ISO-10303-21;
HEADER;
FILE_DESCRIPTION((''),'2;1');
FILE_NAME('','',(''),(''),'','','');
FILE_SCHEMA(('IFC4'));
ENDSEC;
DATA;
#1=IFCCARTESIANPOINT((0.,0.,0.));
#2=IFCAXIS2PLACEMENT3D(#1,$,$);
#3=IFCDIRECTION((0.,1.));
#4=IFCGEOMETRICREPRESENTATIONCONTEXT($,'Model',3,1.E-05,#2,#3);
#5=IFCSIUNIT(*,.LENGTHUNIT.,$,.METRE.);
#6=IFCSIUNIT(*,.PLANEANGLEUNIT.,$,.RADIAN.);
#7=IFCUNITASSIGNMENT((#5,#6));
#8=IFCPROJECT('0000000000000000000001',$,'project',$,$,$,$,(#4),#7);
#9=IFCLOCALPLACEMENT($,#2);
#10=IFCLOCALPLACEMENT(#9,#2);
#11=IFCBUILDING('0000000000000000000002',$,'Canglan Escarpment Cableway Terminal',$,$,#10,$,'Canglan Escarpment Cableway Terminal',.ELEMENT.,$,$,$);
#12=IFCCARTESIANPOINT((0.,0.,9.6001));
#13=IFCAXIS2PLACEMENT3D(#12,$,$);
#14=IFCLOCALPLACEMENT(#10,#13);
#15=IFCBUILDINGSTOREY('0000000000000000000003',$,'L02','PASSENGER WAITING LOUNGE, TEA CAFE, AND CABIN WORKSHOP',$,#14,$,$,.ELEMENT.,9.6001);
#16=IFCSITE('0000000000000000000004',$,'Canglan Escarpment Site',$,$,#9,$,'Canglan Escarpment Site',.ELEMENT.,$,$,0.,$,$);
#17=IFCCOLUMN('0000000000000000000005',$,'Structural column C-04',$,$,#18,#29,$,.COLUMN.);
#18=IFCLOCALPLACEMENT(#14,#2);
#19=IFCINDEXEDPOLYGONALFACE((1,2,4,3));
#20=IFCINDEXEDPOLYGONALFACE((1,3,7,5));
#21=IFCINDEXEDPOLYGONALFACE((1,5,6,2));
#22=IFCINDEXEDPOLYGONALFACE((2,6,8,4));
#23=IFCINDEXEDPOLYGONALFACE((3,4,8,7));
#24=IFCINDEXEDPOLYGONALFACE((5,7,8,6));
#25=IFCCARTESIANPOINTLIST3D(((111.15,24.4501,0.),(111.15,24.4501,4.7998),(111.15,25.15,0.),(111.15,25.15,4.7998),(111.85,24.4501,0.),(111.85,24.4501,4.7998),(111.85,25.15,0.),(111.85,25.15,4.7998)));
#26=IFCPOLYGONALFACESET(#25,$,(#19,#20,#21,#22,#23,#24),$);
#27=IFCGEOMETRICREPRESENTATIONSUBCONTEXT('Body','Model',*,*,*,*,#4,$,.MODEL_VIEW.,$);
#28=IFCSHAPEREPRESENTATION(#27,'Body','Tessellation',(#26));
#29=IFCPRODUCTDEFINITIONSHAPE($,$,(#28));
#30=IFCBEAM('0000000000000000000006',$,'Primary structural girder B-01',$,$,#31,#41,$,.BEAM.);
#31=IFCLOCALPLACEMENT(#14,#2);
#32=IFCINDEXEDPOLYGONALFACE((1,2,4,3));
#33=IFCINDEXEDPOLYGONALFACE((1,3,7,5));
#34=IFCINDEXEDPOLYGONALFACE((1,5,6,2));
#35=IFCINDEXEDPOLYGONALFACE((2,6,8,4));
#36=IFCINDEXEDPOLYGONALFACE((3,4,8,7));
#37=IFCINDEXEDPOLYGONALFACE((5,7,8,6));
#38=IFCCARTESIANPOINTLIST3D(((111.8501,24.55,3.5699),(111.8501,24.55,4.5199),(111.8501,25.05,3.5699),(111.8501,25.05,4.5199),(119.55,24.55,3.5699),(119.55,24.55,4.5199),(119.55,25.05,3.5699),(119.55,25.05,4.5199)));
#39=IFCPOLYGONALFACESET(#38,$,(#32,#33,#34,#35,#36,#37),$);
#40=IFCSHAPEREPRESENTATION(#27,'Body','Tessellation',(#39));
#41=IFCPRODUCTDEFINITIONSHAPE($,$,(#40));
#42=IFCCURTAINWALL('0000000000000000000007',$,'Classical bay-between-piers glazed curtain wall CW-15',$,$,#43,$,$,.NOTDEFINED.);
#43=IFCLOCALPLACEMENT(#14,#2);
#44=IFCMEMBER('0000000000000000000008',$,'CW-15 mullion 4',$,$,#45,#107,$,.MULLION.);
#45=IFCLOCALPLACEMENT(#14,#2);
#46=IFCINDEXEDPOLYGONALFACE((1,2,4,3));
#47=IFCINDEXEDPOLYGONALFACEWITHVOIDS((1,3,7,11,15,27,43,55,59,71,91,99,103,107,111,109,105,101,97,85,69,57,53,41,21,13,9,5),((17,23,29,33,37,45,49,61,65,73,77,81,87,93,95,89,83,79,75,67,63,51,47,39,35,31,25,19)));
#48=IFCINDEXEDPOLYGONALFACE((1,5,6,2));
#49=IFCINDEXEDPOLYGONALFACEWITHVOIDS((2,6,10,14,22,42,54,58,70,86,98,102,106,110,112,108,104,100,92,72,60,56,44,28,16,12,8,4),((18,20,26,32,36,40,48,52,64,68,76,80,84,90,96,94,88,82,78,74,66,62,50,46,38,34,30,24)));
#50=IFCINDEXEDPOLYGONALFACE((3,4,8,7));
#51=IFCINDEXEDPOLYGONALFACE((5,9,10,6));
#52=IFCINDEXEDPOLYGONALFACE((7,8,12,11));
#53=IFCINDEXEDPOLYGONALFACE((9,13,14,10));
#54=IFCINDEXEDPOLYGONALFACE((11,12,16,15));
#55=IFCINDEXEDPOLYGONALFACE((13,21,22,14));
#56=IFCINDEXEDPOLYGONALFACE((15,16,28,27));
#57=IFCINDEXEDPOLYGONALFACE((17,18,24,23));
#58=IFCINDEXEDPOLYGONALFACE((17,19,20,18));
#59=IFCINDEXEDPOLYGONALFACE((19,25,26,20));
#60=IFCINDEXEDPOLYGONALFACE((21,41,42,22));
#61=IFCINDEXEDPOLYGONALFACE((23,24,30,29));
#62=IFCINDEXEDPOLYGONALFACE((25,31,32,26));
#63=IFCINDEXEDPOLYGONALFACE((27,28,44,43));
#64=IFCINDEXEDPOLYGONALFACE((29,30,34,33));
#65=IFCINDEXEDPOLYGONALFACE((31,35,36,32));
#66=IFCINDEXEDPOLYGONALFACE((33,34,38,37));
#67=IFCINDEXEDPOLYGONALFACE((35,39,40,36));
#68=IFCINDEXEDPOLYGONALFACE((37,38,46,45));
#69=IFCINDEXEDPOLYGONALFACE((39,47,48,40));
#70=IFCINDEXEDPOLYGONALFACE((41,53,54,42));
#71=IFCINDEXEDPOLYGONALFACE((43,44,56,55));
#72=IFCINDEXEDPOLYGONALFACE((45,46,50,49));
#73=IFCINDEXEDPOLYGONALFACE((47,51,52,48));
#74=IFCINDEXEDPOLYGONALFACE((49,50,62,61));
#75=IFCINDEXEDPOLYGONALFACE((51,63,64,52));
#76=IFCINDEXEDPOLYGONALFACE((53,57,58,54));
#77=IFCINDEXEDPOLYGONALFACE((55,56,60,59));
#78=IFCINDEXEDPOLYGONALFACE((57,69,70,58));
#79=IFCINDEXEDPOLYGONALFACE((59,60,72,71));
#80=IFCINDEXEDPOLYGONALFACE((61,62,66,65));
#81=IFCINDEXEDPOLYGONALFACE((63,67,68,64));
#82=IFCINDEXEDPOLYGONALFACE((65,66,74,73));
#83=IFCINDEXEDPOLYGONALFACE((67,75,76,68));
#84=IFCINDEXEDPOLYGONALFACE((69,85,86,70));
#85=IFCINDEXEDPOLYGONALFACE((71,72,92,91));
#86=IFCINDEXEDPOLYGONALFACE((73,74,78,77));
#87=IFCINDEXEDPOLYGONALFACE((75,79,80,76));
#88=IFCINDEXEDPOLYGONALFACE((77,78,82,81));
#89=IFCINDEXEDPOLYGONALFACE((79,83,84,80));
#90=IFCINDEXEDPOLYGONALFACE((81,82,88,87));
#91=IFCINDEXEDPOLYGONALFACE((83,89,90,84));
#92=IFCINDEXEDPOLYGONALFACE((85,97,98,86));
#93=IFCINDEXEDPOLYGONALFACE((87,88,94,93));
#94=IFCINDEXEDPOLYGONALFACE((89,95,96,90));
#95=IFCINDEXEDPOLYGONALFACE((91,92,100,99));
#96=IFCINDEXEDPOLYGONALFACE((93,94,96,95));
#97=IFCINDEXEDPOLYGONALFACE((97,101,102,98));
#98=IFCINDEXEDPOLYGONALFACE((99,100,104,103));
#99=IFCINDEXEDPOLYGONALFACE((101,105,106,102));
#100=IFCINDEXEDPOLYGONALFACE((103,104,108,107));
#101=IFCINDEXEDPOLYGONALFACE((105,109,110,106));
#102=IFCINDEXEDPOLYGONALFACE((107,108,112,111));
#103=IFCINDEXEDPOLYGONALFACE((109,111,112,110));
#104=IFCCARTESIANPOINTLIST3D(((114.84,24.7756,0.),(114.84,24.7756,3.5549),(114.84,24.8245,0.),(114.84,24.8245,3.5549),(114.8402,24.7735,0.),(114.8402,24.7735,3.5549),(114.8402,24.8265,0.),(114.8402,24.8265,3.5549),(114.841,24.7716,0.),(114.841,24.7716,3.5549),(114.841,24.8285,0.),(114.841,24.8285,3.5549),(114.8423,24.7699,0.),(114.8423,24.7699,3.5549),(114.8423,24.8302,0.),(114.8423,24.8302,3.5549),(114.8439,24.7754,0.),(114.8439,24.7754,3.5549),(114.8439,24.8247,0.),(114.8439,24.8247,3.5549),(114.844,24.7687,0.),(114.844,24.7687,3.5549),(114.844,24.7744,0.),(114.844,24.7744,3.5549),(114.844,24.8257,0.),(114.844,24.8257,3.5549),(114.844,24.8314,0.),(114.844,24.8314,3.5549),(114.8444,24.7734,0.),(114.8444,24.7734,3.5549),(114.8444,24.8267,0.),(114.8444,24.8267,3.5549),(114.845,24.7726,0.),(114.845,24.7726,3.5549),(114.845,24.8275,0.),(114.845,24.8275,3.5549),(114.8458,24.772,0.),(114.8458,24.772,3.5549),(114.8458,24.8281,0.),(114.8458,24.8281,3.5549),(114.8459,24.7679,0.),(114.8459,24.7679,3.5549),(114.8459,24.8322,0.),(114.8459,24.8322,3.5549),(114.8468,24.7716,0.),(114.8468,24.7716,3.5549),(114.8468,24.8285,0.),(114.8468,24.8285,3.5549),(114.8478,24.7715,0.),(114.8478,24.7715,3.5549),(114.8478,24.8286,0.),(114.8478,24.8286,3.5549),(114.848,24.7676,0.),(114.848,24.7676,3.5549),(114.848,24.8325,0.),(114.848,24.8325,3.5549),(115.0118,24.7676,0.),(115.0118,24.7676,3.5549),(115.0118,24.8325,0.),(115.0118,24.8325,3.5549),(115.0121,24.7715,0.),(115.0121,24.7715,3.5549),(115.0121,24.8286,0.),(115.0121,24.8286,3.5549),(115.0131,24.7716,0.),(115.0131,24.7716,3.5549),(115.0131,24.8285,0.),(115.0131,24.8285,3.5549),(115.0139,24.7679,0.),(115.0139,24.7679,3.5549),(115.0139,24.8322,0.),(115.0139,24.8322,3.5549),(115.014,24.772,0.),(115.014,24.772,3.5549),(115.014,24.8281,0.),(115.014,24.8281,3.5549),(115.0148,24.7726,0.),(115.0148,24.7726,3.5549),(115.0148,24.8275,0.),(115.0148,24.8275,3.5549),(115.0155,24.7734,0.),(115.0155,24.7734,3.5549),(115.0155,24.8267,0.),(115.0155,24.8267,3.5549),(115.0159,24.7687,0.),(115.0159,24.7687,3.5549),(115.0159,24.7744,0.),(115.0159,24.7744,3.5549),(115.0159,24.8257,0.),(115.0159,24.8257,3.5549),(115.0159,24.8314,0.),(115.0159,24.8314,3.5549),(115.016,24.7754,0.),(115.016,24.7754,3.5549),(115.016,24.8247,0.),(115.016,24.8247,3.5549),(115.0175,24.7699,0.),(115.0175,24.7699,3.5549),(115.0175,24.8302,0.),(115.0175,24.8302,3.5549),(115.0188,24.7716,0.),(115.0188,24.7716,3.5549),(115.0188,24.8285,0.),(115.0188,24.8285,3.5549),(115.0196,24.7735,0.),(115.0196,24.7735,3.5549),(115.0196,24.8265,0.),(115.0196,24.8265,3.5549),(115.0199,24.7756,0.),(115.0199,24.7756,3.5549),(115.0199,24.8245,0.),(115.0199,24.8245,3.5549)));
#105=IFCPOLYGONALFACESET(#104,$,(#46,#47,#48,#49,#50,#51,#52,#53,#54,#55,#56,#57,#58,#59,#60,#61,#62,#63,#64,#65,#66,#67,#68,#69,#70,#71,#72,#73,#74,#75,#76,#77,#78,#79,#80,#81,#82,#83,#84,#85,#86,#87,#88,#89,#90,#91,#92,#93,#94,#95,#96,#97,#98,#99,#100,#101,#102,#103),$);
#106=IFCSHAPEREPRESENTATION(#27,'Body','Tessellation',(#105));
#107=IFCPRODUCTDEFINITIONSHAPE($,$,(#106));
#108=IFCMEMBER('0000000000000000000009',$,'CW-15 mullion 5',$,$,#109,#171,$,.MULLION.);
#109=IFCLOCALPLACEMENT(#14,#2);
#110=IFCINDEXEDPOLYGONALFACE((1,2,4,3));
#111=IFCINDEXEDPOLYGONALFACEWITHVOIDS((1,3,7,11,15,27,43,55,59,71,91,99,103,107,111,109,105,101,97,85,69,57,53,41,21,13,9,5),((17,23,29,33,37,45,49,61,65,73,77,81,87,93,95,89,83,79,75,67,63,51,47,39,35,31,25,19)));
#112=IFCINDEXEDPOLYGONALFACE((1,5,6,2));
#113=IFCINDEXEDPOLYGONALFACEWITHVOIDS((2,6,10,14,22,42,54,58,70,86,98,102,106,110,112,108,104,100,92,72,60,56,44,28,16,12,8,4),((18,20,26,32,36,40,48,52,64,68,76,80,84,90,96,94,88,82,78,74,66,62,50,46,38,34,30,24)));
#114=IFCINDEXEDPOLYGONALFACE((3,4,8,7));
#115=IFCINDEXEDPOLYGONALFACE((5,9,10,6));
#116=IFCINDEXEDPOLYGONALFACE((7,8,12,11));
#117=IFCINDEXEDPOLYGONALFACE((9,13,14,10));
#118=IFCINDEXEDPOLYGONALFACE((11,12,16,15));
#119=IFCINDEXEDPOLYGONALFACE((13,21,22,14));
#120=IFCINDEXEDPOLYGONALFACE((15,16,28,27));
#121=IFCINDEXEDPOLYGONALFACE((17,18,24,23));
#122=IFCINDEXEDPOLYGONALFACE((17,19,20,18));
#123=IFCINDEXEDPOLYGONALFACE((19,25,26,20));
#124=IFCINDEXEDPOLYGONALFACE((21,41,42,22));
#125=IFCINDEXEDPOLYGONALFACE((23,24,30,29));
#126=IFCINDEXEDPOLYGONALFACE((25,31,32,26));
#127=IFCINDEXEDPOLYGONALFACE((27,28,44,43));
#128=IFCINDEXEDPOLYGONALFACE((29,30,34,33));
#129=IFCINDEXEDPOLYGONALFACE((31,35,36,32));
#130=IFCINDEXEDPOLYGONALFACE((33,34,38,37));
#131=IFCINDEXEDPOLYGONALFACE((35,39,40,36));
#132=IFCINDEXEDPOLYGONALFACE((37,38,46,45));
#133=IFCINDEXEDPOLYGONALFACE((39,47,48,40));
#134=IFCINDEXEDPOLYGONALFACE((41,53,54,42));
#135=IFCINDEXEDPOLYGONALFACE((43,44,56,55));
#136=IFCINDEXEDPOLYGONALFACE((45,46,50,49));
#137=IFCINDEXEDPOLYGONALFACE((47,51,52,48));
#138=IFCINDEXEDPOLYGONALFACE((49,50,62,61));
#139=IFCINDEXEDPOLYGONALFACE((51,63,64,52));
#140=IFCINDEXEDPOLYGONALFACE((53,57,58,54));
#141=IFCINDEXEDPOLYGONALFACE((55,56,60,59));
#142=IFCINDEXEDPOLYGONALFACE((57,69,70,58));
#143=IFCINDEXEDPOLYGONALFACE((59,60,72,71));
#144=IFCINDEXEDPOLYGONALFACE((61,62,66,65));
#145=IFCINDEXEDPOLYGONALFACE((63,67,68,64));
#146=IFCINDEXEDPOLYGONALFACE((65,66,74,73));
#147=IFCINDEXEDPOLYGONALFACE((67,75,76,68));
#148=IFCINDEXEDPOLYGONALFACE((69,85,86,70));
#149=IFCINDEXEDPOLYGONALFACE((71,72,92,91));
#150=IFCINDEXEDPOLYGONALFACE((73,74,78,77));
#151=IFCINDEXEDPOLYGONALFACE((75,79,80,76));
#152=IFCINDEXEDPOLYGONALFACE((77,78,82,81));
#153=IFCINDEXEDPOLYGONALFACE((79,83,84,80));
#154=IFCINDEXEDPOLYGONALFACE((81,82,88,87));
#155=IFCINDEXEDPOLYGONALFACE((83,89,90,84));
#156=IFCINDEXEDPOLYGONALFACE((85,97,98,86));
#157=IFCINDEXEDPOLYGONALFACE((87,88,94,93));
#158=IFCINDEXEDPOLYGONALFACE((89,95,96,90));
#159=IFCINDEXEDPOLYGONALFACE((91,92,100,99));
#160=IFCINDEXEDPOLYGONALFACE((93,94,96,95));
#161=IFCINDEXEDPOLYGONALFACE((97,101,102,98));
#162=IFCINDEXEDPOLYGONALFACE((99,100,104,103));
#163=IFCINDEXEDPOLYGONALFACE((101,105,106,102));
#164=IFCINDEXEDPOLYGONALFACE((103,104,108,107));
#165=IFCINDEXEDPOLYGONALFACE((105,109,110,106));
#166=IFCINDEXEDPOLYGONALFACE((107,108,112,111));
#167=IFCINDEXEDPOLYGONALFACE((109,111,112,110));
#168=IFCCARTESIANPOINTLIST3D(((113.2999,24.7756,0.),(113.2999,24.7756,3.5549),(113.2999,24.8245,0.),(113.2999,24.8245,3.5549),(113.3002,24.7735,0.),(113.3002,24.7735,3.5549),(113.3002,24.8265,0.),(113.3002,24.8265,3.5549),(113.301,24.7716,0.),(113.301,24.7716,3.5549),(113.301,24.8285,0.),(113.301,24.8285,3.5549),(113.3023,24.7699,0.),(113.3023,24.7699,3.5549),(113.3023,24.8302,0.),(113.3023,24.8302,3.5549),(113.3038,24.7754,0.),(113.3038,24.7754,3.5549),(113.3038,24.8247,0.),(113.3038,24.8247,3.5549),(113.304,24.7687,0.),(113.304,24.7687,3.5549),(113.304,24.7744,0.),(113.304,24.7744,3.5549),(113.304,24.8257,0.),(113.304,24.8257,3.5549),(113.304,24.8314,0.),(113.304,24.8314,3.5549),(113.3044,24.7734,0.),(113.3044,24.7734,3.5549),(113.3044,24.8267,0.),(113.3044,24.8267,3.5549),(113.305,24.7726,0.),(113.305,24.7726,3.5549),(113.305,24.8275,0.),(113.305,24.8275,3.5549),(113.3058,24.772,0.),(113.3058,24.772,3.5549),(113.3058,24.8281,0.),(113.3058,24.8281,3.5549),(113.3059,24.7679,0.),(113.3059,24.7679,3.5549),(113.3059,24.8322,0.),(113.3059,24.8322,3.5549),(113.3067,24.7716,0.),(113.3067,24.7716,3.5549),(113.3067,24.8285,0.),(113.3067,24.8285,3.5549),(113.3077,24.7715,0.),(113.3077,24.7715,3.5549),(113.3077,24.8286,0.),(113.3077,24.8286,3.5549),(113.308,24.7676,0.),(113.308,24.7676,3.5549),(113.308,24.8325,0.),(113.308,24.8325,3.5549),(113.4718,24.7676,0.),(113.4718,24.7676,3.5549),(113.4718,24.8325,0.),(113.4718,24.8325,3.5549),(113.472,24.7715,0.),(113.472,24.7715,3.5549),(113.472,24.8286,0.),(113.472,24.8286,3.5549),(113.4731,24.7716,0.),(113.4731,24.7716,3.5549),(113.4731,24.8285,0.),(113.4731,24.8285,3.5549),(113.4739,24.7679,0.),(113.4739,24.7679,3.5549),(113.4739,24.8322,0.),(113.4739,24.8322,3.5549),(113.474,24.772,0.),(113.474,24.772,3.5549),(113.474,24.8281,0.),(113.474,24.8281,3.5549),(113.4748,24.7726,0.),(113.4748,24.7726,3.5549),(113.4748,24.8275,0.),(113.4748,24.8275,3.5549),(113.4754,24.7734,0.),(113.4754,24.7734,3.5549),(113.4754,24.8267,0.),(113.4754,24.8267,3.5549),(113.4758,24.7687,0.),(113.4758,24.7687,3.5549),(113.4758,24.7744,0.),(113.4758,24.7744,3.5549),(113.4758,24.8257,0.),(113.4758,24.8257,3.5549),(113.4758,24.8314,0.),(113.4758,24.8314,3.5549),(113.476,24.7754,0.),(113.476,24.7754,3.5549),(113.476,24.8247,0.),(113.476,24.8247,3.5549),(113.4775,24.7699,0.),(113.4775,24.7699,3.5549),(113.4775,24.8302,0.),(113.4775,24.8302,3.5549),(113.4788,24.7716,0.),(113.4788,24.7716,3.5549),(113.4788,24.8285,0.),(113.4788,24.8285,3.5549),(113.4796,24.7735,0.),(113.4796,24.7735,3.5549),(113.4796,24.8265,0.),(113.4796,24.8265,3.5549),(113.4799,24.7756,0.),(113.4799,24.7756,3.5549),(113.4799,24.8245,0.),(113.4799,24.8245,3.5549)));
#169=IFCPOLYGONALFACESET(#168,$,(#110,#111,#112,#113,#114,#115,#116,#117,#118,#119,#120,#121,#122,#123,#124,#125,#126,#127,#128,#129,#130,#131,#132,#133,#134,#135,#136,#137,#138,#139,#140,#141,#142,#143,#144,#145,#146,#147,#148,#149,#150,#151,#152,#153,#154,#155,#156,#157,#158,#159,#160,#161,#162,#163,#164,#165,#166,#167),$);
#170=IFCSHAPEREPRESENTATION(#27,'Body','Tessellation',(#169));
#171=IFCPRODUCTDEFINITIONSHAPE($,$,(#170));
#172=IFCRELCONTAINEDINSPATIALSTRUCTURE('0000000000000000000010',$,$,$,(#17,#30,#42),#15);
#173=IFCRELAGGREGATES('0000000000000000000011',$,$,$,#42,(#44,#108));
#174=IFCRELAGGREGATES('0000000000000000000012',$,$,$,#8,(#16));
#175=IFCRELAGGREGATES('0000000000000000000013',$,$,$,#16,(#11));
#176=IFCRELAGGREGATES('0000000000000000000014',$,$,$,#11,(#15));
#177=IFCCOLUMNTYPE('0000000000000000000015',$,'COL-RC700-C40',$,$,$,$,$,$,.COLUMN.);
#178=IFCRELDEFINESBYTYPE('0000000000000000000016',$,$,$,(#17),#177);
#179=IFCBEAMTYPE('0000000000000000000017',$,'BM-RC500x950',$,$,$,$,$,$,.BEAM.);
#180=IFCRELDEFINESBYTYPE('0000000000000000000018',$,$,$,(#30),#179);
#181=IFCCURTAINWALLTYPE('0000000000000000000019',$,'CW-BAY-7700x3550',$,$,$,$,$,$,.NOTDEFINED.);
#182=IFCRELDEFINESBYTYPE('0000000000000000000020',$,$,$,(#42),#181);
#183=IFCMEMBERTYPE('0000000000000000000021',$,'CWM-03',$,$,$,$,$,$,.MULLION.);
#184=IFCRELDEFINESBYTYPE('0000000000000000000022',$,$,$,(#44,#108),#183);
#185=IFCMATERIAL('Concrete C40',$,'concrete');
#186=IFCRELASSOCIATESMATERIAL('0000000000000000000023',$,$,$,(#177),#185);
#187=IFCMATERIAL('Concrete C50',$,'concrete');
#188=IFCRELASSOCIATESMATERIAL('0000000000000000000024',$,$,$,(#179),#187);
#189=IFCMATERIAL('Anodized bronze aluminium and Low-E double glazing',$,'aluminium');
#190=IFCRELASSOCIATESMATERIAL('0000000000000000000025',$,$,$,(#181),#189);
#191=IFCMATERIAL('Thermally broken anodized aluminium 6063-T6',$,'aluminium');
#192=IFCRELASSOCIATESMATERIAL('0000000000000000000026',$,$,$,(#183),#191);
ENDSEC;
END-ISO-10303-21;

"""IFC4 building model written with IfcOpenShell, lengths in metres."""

from ifc_helpers import new_model, si_unit, direction, frame, origin, origin_2d, place, context, subcontext, project, spatial, rectangle, hollow_rectangle, extrude, material, material_profile, profile_set, type_object, element, aggregate, save


model = new_model("IFC4")

# Units and contexts
model_context = context("Model", 3, precision=1e-05, world=origin(), true_north=direction((0.0, 1.0)))
body_context = subcontext(model_context, "Body", "Model", "MODEL_VIEW")
ifc_project = project(units=[si_unit("LENGTHUNIT", "METRE"), si_unit("PLANEANGLEUNIT", "RADIAN")], contexts=[model_context])

# Site, building, storey
site_placement = place(None, origin())
site = spatial("IfcSite", under=ifc_project, at=site_placement, Name="Canglan Escarpment Site", LongName="Canglan Escarpment Site", CompositionType="ELEMENT", RefElevation=0.0)
building_placement = place(site_placement, origin())
building = spatial("IfcBuilding", under=site, at=building_placement, Name="Canglan Escarpment Cableway Terminal", LongName="Canglan Escarpment Cableway Terminal", CompositionType="ELEMENT")
storey_placement = place(building_placement, frame((0.0, 0.0, 9.6001)))
storey = spatial("IfcBuildingStorey", under=building, at=storey_placement, Name="L02", Description="PASSENGER WAITING LOUNGE, TEA CAFE, AND CABIN WORKSHOP", CompositionType="ELEMENT", Elevation=9.6001)

# Column
ifc_material_1 = material(Name="Concrete C40", Category="concrete")
ifc_material_profile_1 = material_profile(ifc_material_1, rectangle(XDim=0.7, YDim=0.7, at=origin_2d()), Name="RC 700x700")
ifc_profile_set_1 = profile_set([ifc_material_profile_1], Name="Concrete C40")
column_type = type_object("IfcColumnType", Name="COL-RC700-C40", PredefinedType="COLUMN", material=ifc_profile_set_1)
column_placement = place(storey_placement, frame((111.5, 24.8, 0.0), z_axis=(0.0, 0.0, 1.0), x_axis=(1.0, 0.0, 0.0)))
element("IfcColumn", 1, at=column_placement, inside=storey, type_object=column_type, Name="Structural column C-04", PredefinedType="COLUMN", context=body_context, shape_type="SweptSolid", body=[
    extrude(rectangle(XDim=0.7, YDim=0.7, at=origin_2d()), origin(), (0.0, 0.0, 1.0), 4.7998),
])

# Beam
ifc_material_2 = material(Name="Concrete C50", Category="concrete")
ifc_material_profile_2 = material_profile(ifc_material_2, rectangle(XDim=0.5, YDim=0.95, at=origin_2d()), Name="RC 500x950")
ifc_profile_set_2 = profile_set([ifc_material_profile_2], Name="Concrete C50")
beam_type_1 = type_object("IfcBeamType", Name="BM-RC500x950", PredefinedType="BEAM", material=ifc_profile_set_2)
beam_1_placement = place(storey_placement, frame((111.8501, 24.8, 4.0449), z_axis=(1.0, 0.0, 0.0), x_axis=(0.0, 1.0, 0.0)))
element("IfcBeam", 2, at=beam_1_placement, inside=storey, type_object=beam_type_1, Name="Primary structural girder B-01", PredefinedType="BEAM", context=body_context, shape_type="SweptSolid", body=[
    extrude(rectangle(XDim=0.5, YDim=0.95, at=origin_2d()), origin(), (0.0, 0.0, 1.0), 7.7),
])

# Curtain wall, members
ifc_material_3 = material(Name="Anodized bronze aluminium and Low-E double glazing", Category="aluminium")
curtain_wall_type = type_object("IfcCurtainWallType", Name="CW-BAY-7700x3550", PredefinedType="NOTDEFINED", material=ifc_material_3)
curtain_wall_placement = place(storey_placement, origin())
curtain_wall = element("IfcCurtainWall", 3, at=curtain_wall_placement, inside=storey, type_object=curtain_wall_type, Name="Classical bay-between-piers glazed curtain wall CW-15", PredefinedType="NOTDEFINED")
ifc_material_4 = material(Name="Thermally broken anodized aluminium 6063-T6", Category="aluminium")
ifc_material_profile_3 = material_profile(ifc_material_4, hollow_rectangle(XDim=0.0649, YDim=0.1799, WallThickness=0.0039, InnerFilletRadius=0.0039, OuterFilletRadius=0.0081, at=origin_2d()), Name="ALU-MULL 65x180x4")
ifc_profile_set_3 = profile_set([ifc_material_profile_3], Name="Thermally broken anodized aluminium 6063-T6")
member_type_1 = type_object("IfcMemberType", Name="CWM-03", PredefinedType="MULLION", material=ifc_profile_set_3)
member_1_placement = place(storey_placement, frame((114.9299, 24.8, 0.0), z_axis=(0.0, 0.0, 1.0), x_axis=(0.0, -1.0, 0.0)))
member_1 = element("IfcMember", 4, at=member_1_placement, type_object=member_type_1, Name="CW-15 mullion 4", PredefinedType="MULLION", context=body_context, shape_type="SweptSolid", body=[
    extrude(hollow_rectangle(XDim=0.0649, YDim=0.1799, WallThickness=0.0039, InnerFilletRadius=0.0039, OuterFilletRadius=0.0081, at=origin_2d()), origin(), (0.0, 0.0, 1.0), 3.5549),
])
member_2_placement = place(storey_placement, frame((113.3899, 24.8, 0.0), z_axis=(0.0, 0.0, 1.0), x_axis=(0.0, -1.0, 0.0)))
member_2 = element("IfcMember", 5, at=member_2_placement, type_object=member_type_1, Name="CW-15 mullion 5", PredefinedType="MULLION", context=body_context, shape_type="SweptSolid", body=[
    extrude(hollow_rectangle(XDim=0.0649, YDim=0.1799, WallThickness=0.0039, InnerFilletRadius=0.0039, OuterFilletRadius=0.0081, at=origin_2d()), origin(), (0.0, 0.0, 1.0), 3.5549),
])

aggregate(curtain_wall, [member_1, member_2])

save(model, "model.ifc")
